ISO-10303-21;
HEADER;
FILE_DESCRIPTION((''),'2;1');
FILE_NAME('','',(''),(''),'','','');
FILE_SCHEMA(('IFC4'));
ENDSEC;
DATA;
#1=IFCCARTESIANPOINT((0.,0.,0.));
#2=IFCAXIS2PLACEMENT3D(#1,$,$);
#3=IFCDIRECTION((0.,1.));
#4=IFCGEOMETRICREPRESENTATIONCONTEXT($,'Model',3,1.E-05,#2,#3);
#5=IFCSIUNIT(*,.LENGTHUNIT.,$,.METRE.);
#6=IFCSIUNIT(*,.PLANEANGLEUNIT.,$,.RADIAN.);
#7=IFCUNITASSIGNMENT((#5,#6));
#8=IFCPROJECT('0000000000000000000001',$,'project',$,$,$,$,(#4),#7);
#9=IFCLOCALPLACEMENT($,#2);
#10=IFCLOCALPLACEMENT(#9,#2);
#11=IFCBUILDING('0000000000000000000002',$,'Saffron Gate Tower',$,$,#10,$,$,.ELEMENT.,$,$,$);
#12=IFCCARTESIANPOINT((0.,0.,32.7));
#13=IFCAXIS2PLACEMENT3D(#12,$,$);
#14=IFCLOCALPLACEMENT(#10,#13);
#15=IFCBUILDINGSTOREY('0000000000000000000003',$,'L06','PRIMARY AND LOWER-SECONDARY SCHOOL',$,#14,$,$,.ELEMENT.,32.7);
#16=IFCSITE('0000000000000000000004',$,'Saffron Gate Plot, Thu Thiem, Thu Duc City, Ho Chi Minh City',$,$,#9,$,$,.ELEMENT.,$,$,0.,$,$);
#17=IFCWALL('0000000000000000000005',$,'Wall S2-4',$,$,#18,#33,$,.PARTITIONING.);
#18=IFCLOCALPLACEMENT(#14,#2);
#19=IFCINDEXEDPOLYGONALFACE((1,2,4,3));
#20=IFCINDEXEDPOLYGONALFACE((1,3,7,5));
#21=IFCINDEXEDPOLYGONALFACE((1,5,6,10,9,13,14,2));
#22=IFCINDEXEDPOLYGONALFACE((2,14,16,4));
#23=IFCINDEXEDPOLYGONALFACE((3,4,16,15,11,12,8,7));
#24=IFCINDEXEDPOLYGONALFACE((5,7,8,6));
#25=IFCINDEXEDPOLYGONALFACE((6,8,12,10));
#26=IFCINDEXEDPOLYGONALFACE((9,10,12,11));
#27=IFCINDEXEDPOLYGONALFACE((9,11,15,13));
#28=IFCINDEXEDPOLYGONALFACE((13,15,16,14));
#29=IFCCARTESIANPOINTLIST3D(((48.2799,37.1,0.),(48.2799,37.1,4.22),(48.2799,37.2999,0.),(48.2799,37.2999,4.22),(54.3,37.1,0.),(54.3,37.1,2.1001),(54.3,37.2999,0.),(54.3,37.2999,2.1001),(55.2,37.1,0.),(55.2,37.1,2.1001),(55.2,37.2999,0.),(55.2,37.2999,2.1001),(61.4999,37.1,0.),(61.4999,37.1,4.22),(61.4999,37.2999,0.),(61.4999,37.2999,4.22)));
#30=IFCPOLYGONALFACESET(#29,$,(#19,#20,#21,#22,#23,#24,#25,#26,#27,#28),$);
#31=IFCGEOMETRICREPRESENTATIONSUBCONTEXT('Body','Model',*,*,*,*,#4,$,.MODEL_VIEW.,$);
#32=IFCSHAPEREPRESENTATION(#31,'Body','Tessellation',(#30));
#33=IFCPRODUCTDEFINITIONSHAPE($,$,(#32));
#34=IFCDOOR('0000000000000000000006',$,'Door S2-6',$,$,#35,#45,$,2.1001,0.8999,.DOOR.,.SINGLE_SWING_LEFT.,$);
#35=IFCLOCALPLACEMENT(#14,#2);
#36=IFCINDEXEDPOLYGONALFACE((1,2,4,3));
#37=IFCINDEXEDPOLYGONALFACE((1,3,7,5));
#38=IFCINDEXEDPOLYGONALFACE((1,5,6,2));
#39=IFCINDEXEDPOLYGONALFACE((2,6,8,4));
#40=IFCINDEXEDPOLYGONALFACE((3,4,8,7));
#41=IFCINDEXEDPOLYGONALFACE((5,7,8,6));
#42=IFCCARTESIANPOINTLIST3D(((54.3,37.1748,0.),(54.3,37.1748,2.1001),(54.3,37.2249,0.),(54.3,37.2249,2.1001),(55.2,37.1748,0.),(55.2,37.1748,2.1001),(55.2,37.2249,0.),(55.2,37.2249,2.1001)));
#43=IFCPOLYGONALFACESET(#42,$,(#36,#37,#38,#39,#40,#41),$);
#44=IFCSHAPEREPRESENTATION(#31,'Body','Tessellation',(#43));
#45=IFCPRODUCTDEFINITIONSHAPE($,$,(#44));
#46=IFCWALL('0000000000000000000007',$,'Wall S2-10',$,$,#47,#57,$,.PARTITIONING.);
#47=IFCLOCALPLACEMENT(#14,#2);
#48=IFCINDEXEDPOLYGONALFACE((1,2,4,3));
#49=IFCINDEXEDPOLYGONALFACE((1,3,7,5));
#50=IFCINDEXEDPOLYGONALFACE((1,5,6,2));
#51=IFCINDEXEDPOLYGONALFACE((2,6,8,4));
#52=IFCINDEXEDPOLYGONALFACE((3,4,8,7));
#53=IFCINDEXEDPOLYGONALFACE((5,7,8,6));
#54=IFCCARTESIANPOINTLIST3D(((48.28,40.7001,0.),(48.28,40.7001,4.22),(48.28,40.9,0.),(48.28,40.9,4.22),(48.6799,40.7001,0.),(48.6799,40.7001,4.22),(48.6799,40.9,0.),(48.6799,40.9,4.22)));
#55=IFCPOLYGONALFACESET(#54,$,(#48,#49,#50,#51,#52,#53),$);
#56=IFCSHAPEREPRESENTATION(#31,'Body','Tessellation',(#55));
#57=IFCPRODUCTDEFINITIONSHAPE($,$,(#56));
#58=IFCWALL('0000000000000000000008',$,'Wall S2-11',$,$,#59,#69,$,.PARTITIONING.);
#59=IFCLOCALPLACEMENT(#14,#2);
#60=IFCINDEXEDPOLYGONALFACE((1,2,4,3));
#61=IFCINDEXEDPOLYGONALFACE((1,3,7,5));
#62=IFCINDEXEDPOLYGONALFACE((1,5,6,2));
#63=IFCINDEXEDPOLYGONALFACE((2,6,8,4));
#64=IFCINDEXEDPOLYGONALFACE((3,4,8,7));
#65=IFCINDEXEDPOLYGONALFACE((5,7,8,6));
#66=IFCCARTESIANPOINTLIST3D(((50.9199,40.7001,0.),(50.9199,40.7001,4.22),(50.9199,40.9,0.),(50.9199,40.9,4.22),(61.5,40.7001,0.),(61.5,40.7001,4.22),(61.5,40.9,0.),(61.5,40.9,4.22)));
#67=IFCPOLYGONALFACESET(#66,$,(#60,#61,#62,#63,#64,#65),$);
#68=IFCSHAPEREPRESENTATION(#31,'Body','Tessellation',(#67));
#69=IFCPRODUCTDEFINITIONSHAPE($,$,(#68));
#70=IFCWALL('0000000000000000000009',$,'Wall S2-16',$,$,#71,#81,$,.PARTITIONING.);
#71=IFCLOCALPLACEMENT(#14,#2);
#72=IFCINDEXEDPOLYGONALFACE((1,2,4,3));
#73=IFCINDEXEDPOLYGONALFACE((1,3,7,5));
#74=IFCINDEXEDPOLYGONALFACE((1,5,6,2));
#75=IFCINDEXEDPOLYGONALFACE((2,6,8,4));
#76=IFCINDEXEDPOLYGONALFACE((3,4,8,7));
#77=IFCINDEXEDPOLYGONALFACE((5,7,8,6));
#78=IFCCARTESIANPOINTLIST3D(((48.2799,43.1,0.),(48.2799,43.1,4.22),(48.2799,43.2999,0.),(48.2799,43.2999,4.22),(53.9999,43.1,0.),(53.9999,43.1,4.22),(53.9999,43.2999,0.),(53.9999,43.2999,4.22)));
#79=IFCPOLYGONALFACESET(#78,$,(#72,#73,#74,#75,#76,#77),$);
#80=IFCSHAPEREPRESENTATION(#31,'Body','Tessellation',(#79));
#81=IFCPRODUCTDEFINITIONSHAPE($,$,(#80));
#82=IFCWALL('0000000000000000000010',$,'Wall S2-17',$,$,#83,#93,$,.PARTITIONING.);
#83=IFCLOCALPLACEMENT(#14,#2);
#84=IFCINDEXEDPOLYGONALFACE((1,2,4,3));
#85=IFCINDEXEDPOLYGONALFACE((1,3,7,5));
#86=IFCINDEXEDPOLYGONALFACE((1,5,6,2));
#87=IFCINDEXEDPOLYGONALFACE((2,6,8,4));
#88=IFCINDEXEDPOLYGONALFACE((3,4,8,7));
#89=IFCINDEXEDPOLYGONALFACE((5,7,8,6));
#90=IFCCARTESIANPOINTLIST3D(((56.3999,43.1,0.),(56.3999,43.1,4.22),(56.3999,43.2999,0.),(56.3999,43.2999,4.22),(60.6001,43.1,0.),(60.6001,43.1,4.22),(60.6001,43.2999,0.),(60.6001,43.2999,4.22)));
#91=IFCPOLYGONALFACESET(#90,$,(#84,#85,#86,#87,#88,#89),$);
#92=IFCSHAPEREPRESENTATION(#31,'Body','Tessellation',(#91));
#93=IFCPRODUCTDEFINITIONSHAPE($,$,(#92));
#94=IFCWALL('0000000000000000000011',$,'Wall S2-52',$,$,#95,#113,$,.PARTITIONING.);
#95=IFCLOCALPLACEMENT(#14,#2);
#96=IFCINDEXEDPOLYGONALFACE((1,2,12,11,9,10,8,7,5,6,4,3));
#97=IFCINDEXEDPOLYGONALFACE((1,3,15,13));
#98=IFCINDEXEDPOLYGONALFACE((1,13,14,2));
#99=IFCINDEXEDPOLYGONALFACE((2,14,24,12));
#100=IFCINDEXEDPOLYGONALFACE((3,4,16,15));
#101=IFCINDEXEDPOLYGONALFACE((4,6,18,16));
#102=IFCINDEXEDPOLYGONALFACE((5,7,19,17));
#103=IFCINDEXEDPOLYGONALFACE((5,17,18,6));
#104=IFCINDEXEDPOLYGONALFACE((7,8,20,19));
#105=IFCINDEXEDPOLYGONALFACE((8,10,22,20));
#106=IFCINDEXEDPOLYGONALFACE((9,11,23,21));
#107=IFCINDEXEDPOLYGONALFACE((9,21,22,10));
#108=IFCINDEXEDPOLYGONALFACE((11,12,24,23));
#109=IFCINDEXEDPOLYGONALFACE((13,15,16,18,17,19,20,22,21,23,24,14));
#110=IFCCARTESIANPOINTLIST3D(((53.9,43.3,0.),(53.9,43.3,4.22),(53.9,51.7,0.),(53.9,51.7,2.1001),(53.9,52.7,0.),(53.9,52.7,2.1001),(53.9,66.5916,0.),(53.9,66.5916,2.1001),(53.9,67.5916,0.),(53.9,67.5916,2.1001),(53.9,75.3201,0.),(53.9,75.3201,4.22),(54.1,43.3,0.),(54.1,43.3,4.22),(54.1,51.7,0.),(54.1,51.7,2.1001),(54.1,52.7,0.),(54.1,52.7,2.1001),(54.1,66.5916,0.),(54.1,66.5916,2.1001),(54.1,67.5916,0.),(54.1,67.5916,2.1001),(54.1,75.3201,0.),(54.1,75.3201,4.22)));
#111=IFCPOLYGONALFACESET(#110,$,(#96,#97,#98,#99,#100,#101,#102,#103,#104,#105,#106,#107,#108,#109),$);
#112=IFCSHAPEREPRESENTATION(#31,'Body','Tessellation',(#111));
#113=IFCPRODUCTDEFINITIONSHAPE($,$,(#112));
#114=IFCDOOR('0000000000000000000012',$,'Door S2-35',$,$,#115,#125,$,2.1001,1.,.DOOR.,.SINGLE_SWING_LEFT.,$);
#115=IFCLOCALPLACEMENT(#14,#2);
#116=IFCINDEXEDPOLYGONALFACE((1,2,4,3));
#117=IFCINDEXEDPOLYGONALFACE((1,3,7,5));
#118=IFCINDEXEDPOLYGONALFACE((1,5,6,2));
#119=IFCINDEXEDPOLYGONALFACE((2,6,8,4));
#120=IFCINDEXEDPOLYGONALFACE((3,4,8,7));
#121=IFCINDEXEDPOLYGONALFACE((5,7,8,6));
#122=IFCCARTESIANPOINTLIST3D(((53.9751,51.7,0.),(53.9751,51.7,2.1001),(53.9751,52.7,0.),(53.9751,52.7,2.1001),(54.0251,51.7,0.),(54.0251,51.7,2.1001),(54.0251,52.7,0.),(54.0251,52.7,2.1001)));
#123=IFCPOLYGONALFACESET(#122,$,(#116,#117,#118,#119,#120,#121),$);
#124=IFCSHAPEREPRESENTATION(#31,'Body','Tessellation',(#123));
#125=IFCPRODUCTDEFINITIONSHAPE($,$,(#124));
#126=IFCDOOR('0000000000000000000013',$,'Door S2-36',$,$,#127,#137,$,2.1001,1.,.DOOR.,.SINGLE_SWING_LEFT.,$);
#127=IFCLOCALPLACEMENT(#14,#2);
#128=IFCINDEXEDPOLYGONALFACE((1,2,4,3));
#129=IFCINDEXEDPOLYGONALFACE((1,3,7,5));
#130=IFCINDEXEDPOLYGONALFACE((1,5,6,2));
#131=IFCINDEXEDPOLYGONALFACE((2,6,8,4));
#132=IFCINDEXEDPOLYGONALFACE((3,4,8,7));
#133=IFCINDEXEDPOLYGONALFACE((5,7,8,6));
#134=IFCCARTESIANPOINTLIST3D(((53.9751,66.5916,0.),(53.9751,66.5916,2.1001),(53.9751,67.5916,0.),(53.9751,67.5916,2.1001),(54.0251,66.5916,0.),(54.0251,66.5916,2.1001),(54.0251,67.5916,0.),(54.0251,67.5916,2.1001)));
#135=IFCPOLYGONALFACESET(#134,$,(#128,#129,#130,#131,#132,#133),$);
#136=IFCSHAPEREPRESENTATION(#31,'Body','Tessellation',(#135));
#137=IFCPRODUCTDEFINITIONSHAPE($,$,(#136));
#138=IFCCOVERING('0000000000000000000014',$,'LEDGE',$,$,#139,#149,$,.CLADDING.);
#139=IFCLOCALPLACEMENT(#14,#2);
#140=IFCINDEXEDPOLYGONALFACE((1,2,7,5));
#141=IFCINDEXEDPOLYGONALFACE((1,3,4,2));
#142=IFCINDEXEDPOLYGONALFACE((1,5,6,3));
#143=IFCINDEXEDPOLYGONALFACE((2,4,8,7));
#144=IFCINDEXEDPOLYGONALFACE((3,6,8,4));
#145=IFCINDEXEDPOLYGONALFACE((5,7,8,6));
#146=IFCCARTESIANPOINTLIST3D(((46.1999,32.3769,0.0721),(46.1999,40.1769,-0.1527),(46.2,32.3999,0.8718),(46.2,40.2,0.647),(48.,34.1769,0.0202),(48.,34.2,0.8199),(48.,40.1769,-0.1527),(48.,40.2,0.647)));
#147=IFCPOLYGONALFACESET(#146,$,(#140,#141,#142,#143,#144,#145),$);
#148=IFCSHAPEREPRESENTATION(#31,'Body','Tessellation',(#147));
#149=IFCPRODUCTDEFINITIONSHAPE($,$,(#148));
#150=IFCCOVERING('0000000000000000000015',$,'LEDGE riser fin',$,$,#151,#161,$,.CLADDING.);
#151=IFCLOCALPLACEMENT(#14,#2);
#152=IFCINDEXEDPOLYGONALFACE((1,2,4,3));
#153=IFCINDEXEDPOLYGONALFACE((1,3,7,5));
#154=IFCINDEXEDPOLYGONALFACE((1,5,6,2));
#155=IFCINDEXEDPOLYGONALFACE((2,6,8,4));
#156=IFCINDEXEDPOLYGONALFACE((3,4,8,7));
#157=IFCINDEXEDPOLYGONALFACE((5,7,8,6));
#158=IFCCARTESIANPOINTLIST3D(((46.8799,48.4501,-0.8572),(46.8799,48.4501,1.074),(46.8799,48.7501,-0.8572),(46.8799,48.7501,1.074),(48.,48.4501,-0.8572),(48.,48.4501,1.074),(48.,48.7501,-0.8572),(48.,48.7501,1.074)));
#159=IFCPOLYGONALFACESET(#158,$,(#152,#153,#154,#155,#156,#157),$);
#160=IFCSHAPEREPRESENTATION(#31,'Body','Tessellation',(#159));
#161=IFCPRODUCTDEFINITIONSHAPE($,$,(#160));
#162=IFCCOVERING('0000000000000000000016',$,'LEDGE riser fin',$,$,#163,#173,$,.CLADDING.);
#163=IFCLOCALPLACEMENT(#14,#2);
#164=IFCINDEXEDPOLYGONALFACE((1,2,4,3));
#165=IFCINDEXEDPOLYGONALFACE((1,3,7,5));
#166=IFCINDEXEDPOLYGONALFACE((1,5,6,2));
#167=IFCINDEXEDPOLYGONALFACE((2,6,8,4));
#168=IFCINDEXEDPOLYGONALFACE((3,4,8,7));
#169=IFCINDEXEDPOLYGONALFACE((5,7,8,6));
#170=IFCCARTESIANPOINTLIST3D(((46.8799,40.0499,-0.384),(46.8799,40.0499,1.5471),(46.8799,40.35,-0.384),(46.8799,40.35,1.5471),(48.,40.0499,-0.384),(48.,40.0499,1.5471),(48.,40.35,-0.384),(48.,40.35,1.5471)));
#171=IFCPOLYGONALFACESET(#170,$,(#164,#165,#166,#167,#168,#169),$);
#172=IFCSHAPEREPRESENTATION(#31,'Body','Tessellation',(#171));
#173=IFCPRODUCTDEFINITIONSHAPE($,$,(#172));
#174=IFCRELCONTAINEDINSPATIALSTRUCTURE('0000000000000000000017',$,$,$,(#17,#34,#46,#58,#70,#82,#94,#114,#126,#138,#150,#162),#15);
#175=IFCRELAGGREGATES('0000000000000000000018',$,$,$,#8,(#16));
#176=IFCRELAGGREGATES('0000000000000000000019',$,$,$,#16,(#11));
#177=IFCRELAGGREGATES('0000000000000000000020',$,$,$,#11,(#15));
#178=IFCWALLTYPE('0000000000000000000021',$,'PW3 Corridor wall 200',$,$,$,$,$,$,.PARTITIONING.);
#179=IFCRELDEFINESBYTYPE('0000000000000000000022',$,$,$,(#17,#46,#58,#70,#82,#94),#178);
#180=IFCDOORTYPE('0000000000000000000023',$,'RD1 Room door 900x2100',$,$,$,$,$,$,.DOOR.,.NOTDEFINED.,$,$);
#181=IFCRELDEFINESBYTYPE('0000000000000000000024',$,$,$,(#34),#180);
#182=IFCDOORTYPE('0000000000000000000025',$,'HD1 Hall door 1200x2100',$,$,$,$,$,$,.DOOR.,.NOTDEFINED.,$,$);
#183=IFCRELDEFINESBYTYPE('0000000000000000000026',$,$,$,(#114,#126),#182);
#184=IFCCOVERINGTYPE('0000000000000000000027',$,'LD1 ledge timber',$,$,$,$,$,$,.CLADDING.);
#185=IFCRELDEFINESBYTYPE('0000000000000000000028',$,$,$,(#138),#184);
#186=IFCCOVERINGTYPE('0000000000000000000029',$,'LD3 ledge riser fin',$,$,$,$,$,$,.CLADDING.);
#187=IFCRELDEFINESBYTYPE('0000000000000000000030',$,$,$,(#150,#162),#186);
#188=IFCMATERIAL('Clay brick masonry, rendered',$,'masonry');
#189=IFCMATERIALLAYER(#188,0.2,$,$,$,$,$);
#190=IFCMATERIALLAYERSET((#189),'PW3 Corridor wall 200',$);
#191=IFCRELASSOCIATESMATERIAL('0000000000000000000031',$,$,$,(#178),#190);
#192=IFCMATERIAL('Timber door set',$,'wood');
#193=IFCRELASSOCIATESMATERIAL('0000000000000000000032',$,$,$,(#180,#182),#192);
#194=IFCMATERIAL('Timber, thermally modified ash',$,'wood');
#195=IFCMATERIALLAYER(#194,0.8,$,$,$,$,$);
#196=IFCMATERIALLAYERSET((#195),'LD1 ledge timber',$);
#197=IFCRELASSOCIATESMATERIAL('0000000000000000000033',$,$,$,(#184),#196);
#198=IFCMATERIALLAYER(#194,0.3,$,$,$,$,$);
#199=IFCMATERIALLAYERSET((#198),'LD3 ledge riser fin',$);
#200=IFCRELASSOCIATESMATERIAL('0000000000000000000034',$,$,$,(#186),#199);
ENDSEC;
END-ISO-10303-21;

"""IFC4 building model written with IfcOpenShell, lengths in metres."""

from ifc_helpers import new_model, si_unit, direction, frame, frame_2d, origin, origin_2d, place, context, subcontext, project, spatial, polyline, rectangle, outline, extrude, material, layer, layer_set, type_object, element, fill, save


model = new_model("IFC4")

# Units and contexts
model_context = context("Model", 3, precision=1e-05, world=origin(), true_north=direction((0.0, 1.0)))
body_context = subcontext(model_context, "Body", "Model", "MODEL_VIEW")
ifc_project = project(units=[si_unit("LENGTHUNIT", "METRE"), si_unit("PLANEANGLEUNIT", "RADIAN")], contexts=[model_context])

# Site, building, storey
site_placement = place(None, origin())
site = spatial("IfcSite", under=ifc_project, at=site_placement, Name="Saffron Gate Plot, Thu Thiem, Thu Duc City, Ho Chi Minh City", CompositionType="ELEMENT", RefElevation=0.0)
building_placement = place(site_placement, origin())
building = spatial("IfcBuilding", under=site, at=building_placement, Name="Saffron Gate Tower", CompositionType="ELEMENT")
storey_placement = place(building_placement, frame((0.0, 0.0, 32.7)))
storey = spatial("IfcBuildingStorey", under=building, at=storey_placement, Name="L06", Description="PRIMARY AND LOWER-SECONDARY SCHOOL", CompositionType="ELEMENT", Elevation=32.7)

# Wall, opening, door
ifc_material_1 = material(Name="Clay brick masonry, rendered", Category="masonry")
ifc_layer_1 = layer(ifc_material_1, 0.2)
ifc_layer_set_1 = layer_set([ifc_layer_1], Name="PW3 Corridor wall 200")
wall_type = type_object("IfcWallType", Name="PW3 Corridor wall 200", PredefinedType="PARTITIONING", material=ifc_layer_set_1)
wall_1_placement = place(storey_placement, frame((48.28, 37.2, 0.0), z_axis=(0.0, 0.0, 1.0), x_axis=(1.0, 0.0, 0.0)))
wall_1 = element("IfcWall", 1, at=wall_1_placement, inside=storey, type_object=wall_type, Name="Wall S2-4", PredefinedType="PARTITIONING", context=body_context, shape_type="SweptSolid", body=[
    extrude(rectangle(XDim=13.22, YDim=0.2, at=frame_2d((6.6099, 0.0))), origin(), (0.0, 0.0, 1.0), 4.22),
])
opening_1_placement = place(wall_1_placement, frame((6.02, 0.0, 0.0)))
opening_1 = element("IfcOpeningElement", 2, at=opening_1_placement, cuts=wall_1, PredefinedType="OPENING", context=body_context, shape_type="SweptSolid", body=[
    extrude(rectangle(XDim=0.8999, YDim=2.1001, at=frame_2d((0.45, 1.05))), frame((0.0, 0.1099, 0.0), z_axis=(0.0, -1.0, 0.0), x_axis=(1.0, 0.0, 0.0)), (0.0, 0.0, 1.0), 0.22),
])
ifc_material_2 = material(Name="Timber door set", Category="wood")
door_type_1 = type_object("IfcDoorType", Name="RD1 Room door 900x2100", OperationType="NOTDEFINED", PredefinedType="DOOR", material=ifc_material_2)
door_1_placement = place(opening_1_placement, origin())
door_1 = element("IfcDoor", 3, at=door_1_placement, inside=storey, type_object=door_type_1, Name="Door S2-6", OperationType="SINGLE_SWING_LEFT", OverallHeight=2.1001, OverallWidth=0.8999, PredefinedType="DOOR", context=body_context, shape_type="SweptSolid", body=[
    extrude(rectangle(XDim=0.8999, YDim=2.1001, at=frame_2d((0.45, 1.05))), frame((0.0, 0.0249, 0.0), z_axis=(0.0, -1.0, 0.0), x_axis=(1.0, 0.0, 0.0)), (0.0, 0.0, 1.0), 0.05),
])
fill(opening_1, door_1)

# Walls
wall_2_placement = place(storey_placement, frame((48.28, 40.8, 0.0), z_axis=(0.0, 0.0, 1.0), x_axis=(1.0, 0.0, 0.0)))
element("IfcWall", 4, at=wall_2_placement, inside=storey, type_object=wall_type, Name="Wall S2-10", PredefinedType="PARTITIONING", context=body_context, shape_type="SweptSolid", body=[
    extrude(rectangle(XDim=0.3999, YDim=0.2, at=frame_2d((0.2, 0.0))), origin(), (0.0, 0.0, 1.0), 4.22),
])
wall_3_placement = place(storey_placement, frame((50.9199, 40.8, 0.0), z_axis=(0.0, 0.0, 1.0), x_axis=(1.0, 0.0, 0.0)))
element("IfcWall", 5, at=wall_3_placement, inside=storey, type_object=wall_type, Name="Wall S2-11", PredefinedType="PARTITIONING", context=body_context, shape_type="SweptSolid", body=[
    extrude(rectangle(XDim=10.5801, YDim=0.2, at=frame_2d((5.29, 0.0))), origin(), (0.0, 0.0, 1.0), 4.22),
])
wall_4_placement = place(storey_placement, frame((48.28, 43.2, 0.0), z_axis=(0.0, 0.0, 1.0), x_axis=(1.0, 0.0, 0.0)))
element("IfcWall", 6, at=wall_4_placement, inside=storey, type_object=wall_type, Name="Wall S2-16", PredefinedType="PARTITIONING", context=body_context, shape_type="SweptSolid", body=[
    extrude(rectangle(XDim=5.72, YDim=0.2, at=frame_2d((2.8599, 0.0))), origin(), (0.0, 0.0, 1.0), 4.22),
])
wall_5_placement = place(storey_placement, frame((56.3999, 43.2, 0.0), z_axis=(0.0, 0.0, 1.0), x_axis=(1.0, 0.0, 0.0)))
element("IfcWall", 7, at=wall_5_placement, inside=storey, type_object=wall_type, Name="Wall S2-17", PredefinedType="PARTITIONING", context=body_context, shape_type="SweptSolid", body=[
    extrude(rectangle(XDim=4.2002, YDim=0.2, at=frame_2d((2.1001, 0.0))), origin(), (0.0, 0.0, 1.0), 4.22),
])

# Wall, openings, doors
wall_6_placement = place(storey_placement, frame((54.0, 43.3, 0.0), z_axis=(0.0, 0.0, 1.0), x_axis=(0.0, 1.0, 0.0)))
wall_6 = element("IfcWall", 8, at=wall_6_placement, inside=storey, type_object=wall_type, Name="Wall S2-52", PredefinedType="PARTITIONING", context=body_context, shape_type="SweptSolid", body=[
    extrude(rectangle(XDim=32.02, YDim=0.2, at=frame_2d((16.01, 0.0))), origin(), (0.0, 0.0, 1.0), 4.22),
])
opening_2_placement = place(wall_6_placement, frame((8.3999, 0.0, 0.0)))
opening_2 = element("IfcOpeningElement", 9, at=opening_2_placement, cuts=wall_6, PredefinedType="OPENING", context=body_context, shape_type="SweptSolid", body=[
    extrude(rectangle(XDim=1.0, YDim=2.1001, at=frame_2d((0.5, 1.05))), frame((0.0, 0.1099, 0.0), z_axis=(0.0, -1.0, 0.0), x_axis=(1.0, 0.0, 0.0)), (0.0, 0.0, 1.0), 0.22),
])
opening_3_placement = place(wall_6_placement, frame((23.2915, 0.0, 0.0)))
opening_3 = element("IfcOpeningElement", 10, at=opening_3_placement, cuts=wall_6, PredefinedType="OPENING", context=body_context, shape_type="SweptSolid", body=[
    extrude(rectangle(XDim=1.0, YDim=2.1001, at=frame_2d((0.5, 1.05))), frame((0.0, 0.1099, 0.0), z_axis=(0.0, -1.0, 0.0), x_axis=(1.0, 0.0, 0.0)), (0.0, 0.0, 1.0), 0.22),
])
door_type_2 = type_object("IfcDoorType", Name="HD1 Hall door 1200x2100", OperationType="NOTDEFINED", PredefinedType="DOOR", material=ifc_material_2)
door_2_placement = place(opening_2_placement, origin())
door_2 = element("IfcDoor", 11, at=door_2_placement, inside=storey, type_object=door_type_2, Name="Door S2-35", OperationType="SINGLE_SWING_LEFT", OverallHeight=2.1001, OverallWidth=1.0, PredefinedType="DOOR", context=body_context, shape_type="SweptSolid", body=[
    extrude(rectangle(XDim=1.0, YDim=2.1001, at=frame_2d((0.5, 1.05))), frame((0.0, 0.0249, 0.0), z_axis=(0.0, -1.0, 0.0), x_axis=(1.0, 0.0, 0.0)), (0.0, 0.0, 1.0), 0.05),
])
fill(opening_2, door_2)
door_3_placement = place(opening_3_placement, origin())
door_3 = element("IfcDoor", 12, at=door_3_placement, inside=storey, type_object=door_type_2, Name="Door S2-36", OperationType="SINGLE_SWING_LEFT", OverallHeight=2.1001, OverallWidth=1.0, PredefinedType="DOOR", context=body_context, shape_type="SweptSolid", body=[
    extrude(rectangle(XDim=1.0, YDim=2.1001, at=frame_2d((0.5, 1.05))), frame((0.0, 0.0249, 0.0), z_axis=(0.0, -1.0, 0.0), x_axis=(1.0, 0.0, 0.0)), (0.0, 0.0, 1.0), 0.05),
])
fill(opening_3, door_3)

# Coverings
ifc_material_3 = material(Name="Timber, thermally modified ash", Category="wood")
ifc_layer_2 = layer(ifc_material_3, 0.8)
ifc_layer_set_2 = layer_set([ifc_layer_2], Name="LD1 ledge timber")
covering_type_1 = type_object("IfcCoveringType", Name="LD1 ledge timber", PredefinedType="CLADDING", material=ifc_layer_set_2)
covering_placement = place(storey_placement, frame((48.0, 40.2, 0.647), z_axis=(0.000035, 0.028807, 0.999585), x_axis=(0.0, -0.999585, 0.028807)))
element("IfcCovering", 13, at=covering_placement, inside=storey, type_object=covering_type_1, Name="LEDGE", PredefinedType="CLADDING", context=body_context, shape_type="SweptSolid", body=[
    extrude(outline(polyline([(0.0, 0.0), (6.0025, 0.0), (7.8033, -1.8), (0.0, -1.8), (0.0, 0.0)])), origin(), (0.0, 0.0, -1.0), 0.8),
])
ifc_layer_3 = layer(ifc_material_3, 0.3)
ifc_layer_set_3 = layer_set([ifc_layer_3], Name="LD3 ledge riser fin")
covering_type_2 = type_object("IfcCoveringType", Name="LD3 ledge riser fin", PredefinedType="CLADDING", material=ifc_layer_set_3)
for number, where, z_axis, x_axis, name in (
    (14, (47.4399, 48.6001, -0.8572), (0.0, 0.0, 1.0), (0.0, -1.0, 0.0), "LEDGE riser fin"),
    (15, (47.4399, 40.2, -0.384), (0.0, 0.0, 1.0), (0.0, -1.0, 0.0), "LEDGE riser fin"),
):
    element("IfcCovering", number, at=place(storey_placement, frame(where, z_axis=z_axis, x_axis=x_axis)), inside=storey, type_object=covering_type_2, Name=name, PredefinedType="CLADDING", context=body_context, shape_type="SweptSolid", body=[
        extrude(rectangle(XDim=0.3, YDim=1.1201, at=origin_2d()), origin(), (0.0, 0.0, 1.0), 1.9312),
    ])

save(model, "model.ifc")
